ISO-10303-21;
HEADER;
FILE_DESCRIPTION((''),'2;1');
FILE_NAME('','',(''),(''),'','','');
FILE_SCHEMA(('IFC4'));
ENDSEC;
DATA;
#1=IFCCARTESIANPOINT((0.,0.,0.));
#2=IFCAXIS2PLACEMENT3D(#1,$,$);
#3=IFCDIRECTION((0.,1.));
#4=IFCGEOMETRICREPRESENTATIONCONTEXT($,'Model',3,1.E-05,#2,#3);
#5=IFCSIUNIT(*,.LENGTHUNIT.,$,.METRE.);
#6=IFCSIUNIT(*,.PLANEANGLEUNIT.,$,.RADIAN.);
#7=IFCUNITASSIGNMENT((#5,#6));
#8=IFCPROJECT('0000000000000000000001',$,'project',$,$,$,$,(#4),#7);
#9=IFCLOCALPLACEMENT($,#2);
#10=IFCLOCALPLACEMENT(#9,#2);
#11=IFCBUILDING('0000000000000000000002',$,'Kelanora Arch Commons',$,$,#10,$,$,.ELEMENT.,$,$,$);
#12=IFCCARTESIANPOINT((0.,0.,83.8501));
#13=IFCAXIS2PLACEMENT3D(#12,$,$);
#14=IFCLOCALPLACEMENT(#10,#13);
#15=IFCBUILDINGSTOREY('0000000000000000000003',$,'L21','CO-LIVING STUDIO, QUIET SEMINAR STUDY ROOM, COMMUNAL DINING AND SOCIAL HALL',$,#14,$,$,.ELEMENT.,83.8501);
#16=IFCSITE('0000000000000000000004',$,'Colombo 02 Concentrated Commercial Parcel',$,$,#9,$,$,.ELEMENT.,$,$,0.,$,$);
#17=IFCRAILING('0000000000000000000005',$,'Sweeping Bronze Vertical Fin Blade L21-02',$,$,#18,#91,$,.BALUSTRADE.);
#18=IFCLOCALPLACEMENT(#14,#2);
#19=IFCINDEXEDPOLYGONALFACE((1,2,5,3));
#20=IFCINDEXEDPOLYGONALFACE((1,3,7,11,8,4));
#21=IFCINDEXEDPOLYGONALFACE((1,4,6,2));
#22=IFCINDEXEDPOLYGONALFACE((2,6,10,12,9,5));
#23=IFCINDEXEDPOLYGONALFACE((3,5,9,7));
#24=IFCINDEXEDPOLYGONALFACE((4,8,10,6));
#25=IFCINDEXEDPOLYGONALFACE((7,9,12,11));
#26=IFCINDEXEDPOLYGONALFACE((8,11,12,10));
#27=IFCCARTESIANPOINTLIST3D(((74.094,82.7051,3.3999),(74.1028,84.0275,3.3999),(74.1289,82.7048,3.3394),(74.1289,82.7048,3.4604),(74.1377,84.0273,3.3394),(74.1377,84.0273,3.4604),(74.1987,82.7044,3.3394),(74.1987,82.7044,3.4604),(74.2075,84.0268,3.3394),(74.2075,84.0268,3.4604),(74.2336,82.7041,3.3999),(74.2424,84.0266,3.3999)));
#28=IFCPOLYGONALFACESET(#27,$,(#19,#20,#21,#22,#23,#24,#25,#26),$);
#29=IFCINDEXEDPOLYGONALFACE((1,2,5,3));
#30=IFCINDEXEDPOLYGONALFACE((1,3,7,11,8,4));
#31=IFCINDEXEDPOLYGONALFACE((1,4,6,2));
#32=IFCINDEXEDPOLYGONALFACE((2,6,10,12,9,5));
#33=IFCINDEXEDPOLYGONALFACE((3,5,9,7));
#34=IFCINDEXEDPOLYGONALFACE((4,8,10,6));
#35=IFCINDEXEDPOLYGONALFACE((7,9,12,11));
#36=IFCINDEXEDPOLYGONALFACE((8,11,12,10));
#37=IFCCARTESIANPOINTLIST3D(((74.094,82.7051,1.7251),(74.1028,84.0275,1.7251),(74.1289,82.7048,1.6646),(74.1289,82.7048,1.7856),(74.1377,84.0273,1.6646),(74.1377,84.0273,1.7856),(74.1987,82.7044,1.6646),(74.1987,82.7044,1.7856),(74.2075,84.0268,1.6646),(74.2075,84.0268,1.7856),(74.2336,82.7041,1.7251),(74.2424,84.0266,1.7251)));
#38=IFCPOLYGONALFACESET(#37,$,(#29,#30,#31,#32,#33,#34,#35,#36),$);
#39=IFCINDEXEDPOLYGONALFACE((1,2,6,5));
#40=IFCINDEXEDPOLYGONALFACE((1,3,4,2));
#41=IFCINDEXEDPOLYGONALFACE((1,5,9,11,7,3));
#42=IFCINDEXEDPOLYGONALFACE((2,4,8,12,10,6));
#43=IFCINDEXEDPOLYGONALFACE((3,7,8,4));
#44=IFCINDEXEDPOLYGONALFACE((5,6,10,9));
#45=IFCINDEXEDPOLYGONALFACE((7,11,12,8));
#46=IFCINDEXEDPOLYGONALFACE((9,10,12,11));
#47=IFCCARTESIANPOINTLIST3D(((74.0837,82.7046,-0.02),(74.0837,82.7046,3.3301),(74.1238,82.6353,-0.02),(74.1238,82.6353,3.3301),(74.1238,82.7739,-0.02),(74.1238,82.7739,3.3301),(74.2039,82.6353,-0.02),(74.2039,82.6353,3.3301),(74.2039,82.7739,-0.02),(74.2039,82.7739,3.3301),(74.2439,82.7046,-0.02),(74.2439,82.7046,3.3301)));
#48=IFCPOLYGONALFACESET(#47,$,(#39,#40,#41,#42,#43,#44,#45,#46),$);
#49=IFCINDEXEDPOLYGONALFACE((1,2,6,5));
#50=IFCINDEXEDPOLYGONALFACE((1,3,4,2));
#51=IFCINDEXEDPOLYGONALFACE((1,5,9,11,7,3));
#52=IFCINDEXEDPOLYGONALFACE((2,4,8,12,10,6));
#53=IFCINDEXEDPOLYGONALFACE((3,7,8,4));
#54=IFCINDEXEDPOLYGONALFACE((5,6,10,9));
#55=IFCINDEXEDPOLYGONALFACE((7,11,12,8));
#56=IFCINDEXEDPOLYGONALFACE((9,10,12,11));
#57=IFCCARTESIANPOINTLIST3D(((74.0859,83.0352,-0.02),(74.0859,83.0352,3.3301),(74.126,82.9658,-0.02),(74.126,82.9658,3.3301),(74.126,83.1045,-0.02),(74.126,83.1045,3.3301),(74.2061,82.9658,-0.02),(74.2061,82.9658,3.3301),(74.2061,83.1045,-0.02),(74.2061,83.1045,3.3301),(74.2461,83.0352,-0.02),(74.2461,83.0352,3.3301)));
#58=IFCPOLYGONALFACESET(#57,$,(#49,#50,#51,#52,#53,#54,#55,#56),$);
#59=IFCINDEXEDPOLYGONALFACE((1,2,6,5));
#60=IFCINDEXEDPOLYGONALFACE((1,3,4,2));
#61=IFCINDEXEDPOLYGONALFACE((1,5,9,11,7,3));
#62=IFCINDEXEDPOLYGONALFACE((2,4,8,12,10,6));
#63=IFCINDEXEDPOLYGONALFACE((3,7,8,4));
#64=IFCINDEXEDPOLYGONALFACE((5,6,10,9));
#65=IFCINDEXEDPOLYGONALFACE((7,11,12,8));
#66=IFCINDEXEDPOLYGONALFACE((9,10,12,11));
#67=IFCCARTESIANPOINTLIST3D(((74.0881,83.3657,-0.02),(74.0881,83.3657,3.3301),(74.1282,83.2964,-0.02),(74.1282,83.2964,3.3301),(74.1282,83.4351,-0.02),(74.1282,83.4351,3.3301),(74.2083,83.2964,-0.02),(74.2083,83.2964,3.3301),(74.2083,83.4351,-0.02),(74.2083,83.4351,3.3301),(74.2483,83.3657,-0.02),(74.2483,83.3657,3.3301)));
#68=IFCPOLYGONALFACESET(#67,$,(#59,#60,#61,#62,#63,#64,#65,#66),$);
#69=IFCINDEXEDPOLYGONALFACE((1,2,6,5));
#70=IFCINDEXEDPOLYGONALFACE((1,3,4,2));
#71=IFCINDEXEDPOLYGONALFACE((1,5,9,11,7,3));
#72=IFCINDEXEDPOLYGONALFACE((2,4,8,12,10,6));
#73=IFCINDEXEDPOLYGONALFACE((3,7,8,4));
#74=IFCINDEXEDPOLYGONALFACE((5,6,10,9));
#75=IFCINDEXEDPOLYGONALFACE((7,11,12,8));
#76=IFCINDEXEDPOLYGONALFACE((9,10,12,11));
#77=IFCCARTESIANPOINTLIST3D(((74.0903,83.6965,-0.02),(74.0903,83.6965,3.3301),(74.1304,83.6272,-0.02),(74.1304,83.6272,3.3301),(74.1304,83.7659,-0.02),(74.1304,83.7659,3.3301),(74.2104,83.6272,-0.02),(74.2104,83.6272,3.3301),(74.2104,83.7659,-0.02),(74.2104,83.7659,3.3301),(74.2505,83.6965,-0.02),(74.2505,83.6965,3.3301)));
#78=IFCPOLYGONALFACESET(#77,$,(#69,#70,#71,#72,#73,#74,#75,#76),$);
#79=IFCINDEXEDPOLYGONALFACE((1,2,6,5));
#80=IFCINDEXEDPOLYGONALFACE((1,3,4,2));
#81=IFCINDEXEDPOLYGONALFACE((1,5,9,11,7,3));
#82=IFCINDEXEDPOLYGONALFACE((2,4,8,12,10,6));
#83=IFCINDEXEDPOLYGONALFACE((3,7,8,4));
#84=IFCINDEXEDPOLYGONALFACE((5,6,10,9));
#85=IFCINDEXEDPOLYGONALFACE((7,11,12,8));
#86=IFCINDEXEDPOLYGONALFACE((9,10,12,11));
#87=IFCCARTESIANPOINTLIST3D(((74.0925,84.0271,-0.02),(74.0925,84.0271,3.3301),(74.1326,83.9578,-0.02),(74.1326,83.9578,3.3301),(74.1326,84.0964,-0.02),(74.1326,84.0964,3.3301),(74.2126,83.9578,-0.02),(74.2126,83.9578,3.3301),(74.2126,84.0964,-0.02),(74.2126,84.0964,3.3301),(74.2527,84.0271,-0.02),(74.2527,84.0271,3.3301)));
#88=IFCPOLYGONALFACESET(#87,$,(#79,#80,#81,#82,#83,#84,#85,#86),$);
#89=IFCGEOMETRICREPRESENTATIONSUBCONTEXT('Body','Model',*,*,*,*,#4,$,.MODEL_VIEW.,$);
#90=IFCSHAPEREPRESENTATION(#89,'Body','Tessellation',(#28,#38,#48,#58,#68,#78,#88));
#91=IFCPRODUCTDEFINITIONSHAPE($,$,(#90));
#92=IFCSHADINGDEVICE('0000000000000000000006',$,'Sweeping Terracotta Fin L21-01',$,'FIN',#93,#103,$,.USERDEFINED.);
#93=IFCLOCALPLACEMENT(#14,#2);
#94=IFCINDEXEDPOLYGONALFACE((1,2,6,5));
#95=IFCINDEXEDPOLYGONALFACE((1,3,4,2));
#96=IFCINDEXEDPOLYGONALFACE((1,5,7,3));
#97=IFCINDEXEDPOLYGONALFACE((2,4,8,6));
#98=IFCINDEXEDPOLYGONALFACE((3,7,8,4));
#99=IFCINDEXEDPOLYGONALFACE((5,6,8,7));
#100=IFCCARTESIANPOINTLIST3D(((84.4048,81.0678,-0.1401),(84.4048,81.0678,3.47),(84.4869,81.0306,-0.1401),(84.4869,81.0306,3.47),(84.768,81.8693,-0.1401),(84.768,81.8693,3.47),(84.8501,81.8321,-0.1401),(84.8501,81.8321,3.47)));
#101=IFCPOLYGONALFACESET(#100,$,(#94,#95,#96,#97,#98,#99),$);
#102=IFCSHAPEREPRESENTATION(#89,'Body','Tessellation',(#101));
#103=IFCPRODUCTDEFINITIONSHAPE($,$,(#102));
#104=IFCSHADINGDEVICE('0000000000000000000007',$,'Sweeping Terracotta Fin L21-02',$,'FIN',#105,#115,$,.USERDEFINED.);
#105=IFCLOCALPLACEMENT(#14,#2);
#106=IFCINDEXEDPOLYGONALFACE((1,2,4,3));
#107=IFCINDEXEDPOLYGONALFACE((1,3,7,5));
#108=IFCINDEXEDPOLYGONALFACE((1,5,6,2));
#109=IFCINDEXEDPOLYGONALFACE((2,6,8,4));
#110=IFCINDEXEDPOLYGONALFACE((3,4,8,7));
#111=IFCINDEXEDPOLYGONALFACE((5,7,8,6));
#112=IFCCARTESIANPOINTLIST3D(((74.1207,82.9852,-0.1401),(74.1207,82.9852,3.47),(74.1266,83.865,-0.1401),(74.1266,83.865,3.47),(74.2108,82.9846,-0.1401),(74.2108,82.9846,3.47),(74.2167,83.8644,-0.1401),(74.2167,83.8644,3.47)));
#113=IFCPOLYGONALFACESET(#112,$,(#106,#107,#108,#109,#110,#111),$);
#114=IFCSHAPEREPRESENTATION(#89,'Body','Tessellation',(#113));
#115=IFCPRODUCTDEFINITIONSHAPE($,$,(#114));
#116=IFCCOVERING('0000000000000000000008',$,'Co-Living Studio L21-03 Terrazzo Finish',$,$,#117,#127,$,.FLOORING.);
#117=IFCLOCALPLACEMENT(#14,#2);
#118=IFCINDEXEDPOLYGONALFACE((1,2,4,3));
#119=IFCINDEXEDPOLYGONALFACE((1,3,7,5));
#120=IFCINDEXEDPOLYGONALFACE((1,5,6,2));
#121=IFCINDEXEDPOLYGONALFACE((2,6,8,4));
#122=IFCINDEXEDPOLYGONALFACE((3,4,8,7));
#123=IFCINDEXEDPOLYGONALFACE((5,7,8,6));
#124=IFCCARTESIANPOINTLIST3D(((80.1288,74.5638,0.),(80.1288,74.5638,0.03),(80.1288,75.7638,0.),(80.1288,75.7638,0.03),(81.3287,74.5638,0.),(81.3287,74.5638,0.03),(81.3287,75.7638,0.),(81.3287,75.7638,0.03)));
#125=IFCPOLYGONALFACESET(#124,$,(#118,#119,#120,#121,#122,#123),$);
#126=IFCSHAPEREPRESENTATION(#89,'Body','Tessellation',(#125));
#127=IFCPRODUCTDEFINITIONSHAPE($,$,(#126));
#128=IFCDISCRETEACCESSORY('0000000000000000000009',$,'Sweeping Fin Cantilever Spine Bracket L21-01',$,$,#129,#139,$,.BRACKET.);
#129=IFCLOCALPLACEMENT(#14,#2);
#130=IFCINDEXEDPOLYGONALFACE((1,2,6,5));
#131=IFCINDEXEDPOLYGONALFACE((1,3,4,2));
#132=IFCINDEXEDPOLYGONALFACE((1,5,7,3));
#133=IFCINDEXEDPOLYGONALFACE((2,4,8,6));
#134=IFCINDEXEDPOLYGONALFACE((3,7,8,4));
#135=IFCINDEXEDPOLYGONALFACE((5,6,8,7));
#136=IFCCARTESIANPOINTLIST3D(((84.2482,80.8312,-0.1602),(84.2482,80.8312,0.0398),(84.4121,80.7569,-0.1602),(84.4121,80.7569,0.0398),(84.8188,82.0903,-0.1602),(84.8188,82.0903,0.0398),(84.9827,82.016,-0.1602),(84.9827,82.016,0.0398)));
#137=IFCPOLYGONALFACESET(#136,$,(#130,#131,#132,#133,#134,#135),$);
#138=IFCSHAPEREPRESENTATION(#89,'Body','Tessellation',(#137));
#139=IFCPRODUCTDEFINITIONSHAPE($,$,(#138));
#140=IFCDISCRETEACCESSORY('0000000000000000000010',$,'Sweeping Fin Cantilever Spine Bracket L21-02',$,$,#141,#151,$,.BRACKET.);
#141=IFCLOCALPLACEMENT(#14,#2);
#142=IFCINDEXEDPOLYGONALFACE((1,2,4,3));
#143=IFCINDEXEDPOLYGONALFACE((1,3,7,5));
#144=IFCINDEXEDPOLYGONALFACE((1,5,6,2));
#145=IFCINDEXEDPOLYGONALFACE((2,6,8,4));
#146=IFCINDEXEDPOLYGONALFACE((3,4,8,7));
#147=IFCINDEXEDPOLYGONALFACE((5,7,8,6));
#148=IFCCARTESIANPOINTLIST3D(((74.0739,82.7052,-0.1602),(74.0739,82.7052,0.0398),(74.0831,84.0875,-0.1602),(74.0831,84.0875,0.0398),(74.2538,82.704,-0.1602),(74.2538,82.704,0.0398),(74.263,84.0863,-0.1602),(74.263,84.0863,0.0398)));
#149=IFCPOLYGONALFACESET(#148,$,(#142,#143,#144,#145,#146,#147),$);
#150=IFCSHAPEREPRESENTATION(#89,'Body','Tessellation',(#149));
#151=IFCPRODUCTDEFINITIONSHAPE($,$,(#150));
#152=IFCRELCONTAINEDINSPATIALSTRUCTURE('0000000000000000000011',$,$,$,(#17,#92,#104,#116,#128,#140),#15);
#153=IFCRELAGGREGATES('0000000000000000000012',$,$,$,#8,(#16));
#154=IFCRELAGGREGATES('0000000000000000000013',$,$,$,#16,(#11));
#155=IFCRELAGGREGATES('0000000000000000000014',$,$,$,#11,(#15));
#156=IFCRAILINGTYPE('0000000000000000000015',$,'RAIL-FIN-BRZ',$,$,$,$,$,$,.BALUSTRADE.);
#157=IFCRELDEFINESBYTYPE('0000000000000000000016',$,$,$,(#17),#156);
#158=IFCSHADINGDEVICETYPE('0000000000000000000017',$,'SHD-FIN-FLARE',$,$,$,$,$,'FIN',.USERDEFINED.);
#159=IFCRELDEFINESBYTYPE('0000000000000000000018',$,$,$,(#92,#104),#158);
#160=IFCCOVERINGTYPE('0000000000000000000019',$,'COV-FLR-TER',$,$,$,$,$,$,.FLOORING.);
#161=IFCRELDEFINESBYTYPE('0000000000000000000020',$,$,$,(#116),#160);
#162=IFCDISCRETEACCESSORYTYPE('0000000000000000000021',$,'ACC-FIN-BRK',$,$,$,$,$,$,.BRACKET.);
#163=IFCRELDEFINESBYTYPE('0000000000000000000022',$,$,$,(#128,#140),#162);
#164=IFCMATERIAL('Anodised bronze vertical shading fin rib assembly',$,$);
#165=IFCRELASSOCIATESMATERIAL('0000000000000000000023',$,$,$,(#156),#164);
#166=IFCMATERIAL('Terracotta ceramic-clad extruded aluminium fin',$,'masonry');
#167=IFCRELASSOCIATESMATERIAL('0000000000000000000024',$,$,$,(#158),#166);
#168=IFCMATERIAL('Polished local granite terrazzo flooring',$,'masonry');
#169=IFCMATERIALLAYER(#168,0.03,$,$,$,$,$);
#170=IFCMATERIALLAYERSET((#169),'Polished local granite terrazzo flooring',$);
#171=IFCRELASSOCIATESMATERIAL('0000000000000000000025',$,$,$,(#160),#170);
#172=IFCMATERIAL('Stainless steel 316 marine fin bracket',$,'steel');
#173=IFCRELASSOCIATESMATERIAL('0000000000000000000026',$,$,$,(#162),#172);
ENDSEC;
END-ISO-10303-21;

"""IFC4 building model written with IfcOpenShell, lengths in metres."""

from ifc_helpers import new_model, si_unit, direction, frame, origin, origin_2d, place, context, subcontext, project, spatial, polyline, rectangle, outline, extrude, source, transform, mapped, material, layer, layer_set, type_object, element, save


model = new_model("IFC4")

# Units and contexts
model_context = context("Model", 3, precision=1e-05, world=origin(), true_north=direction((0.0, 1.0)))
body_context = subcontext(model_context, "Body", "Model", "MODEL_VIEW")
ifc_project = project(units=[si_unit("LENGTHUNIT", "METRE"), si_unit("PLANEANGLEUNIT", "RADIAN")], contexts=[model_context])

# Site, building, storey
site_placement = place(None, origin())
site = spatial("IfcSite", under=ifc_project, at=site_placement, Name="Colombo 02 Concentrated Commercial Parcel", CompositionType="ELEMENT", RefElevation=0.0)
building_placement = place(site_placement, origin())
building = spatial("IfcBuilding", under=site, at=building_placement, Name="Kelanora Arch Commons", CompositionType="ELEMENT")
storey_placement = place(building_placement, frame((0.0, 0.0, 83.8501)))
storey = spatial("IfcBuildingStorey", under=building, at=storey_placement, Name="L21", Description="CO-LIVING STUDIO, QUIET SEMINAR STUDY ROOM, COMMUNAL DINING AND SOCIAL HALL", CompositionType="ELEMENT", Elevation=83.8501)

# Railing
ifc_material_1 = material(Name="Anodised bronze vertical shading fin rib assembly")
railing_type = type_object("IfcRailingType", Name="RAIL-FIN-BRZ", PredefinedType="BALUSTRADE", material=ifc_material_1)
railing_1_placement = place(storey_placement, frame((74.1638, 82.7046, -0.02)))
element("IfcRailing", 1, at=railing_1_placement, inside=storey, type_object=railing_type, Name="Sweeping Bronze Vertical Fin Blade L21-02", PredefinedType="BALUSTRADE", context=body_context, shape_type="SweptSolid", body=[
    extrude(outline(polyline([(0.0698, 0.0), (0.0349, 0.0605), (-0.0349, 0.0605), (-0.0698, 0.0), (-0.0349, -0.0605), (0.0349, -0.0605), (0.0698, 0.0)])), frame((0.0, 0.0, 3.4199), z_axis=(0.006646, 0.999978, 0.0), x_axis=(-0.999978, 0.006646, 0.0)), (0.0, 0.0, 1.0), 1.3225),
    extrude(outline(polyline([(0.0698, 0.0), (0.0349, 0.0605), (-0.0349, 0.0605), (-0.0698, 0.0), (-0.0349, -0.0605), (0.0349, -0.0605), (0.0698, 0.0)])), frame((0.0, 0.0, 1.7451), z_axis=(0.006646, 0.999978, 0.0), x_axis=(-0.999978, 0.006646, 0.0)), (0.0, 0.0, 1.0), 1.3225),
    extrude(outline(polyline([(0.0801, 0.0), (0.04, 0.0693), (-0.04, 0.0693), (-0.0801, 0.0), (-0.04, -0.0693), (0.04, -0.0693), (0.0801, 0.0)])), origin(), (0.0, 0.0, 1.0), 3.3501),
    extrude(outline(polyline([(0.0801, 0.0), (0.04, 0.0693), (-0.04, 0.0693), (-0.0801, 0.0), (-0.04, -0.0693), (0.04, -0.0693), (0.0801, 0.0)])), frame((0.0022, 0.3306, 0.0)), (0.0, 0.0, 1.0), 3.3501),
    extrude(outline(polyline([(0.0801, 0.0), (0.04, 0.0693), (-0.04, 0.0693), (-0.0801, 0.0), (-0.04, -0.0693), (0.04, -0.0693), (0.0801, 0.0)])), frame((0.0044, 0.6611, 0.0)), (0.0, 0.0, 1.0), 3.3501),
    extrude(outline(polyline([(0.0801, 0.0), (0.04, 0.0693), (-0.04, 0.0693), (-0.0801, 0.0), (-0.04, -0.0693), (0.04, -0.0693), (0.0801, 0.0)])), frame((0.0066, 0.9919, 0.0)), (0.0, 0.0, 1.0), 3.3501),
    extrude(outline(polyline([(0.0801, 0.0), (0.04, 0.0693), (-0.04, 0.0693), (-0.0801, 0.0), (-0.04, -0.0693), (0.04, -0.0693), (0.0801, 0.0)])), frame((0.0088, 1.3225, 0.0)), (0.0, 0.0, 1.0), 3.3501),
])

# Shading devices
ifc_material_2 = material(Name="Terracotta ceramic-clad extruded aluminium fin", Category="masonry")
shading_device_type = type_object("IfcShadingDeviceType", Name="SHD-FIN-FLARE", ElementType="FIN", PredefinedType="USERDEFINED", material=ifc_material_2)
shared_shape_1 = source(origin(), body_context, "Body", "SweptSolid", [
    extrude(rectangle(XDim=0.8799, YDim=0.0901, at=origin_2d()), origin(), (0.0, 0.0, 1.0), 3.6101),
])
for number, where, z_axis, x_axis, name in (
    (2, (84.6274, 81.45, -0.1401), (0.0, 0.0, 1.0), (0.412787, 0.910828, 0.0), "Sweeping Terracotta Fin L21-01"),
    (3, (74.1687, 83.4248, -0.1401), (0.0, 0.0, 1.0), (0.006632, 0.999978, 0.0), "Sweeping Terracotta Fin L21-02"),
):
    element("IfcShadingDevice", number, at=place(storey_placement, frame(where, z_axis=z_axis, x_axis=x_axis)), inside=storey, type_object=shading_device_type, Name=name, ObjectType="FIN", PredefinedType="USERDEFINED", context=body_context, shape_type="MappedRepresentation", body=[
        mapped(shared_shape_1, transform((0.0, 0.0, 0.0), scale=1.0)),
    ])

# Covering
ifc_material_3 = material(Name="Polished local granite terrazzo flooring", Category="masonry")
ifc_layer_1 = layer(ifc_material_3, 0.03)
ifc_layer_set_1 = layer_set([ifc_layer_1], Name="Polished local granite terrazzo flooring")
covering_type = type_object("IfcCoveringType", Name="COV-FLR-TER", PredefinedType="FLOORING", material=ifc_layer_set_1)
shared_shape_2 = source(origin(), body_context, "Body", "SweptSolid", [
    extrude(rectangle(XDim=1.2, YDim=1.2, at=origin_2d()), origin(), (0.0, 0.0, 1.0), 0.03),
])
covering_placement = place(storey_placement, frame((80.7288, 75.1638, 0.0), z_axis=(0.0, 0.0, 1.0), x_axis=(1.0, 0.0, 0.0)))
element("IfcCovering", 4, at=covering_placement, inside=storey, type_object=covering_type, Name="Co-Living Studio L21-03 Terrazzo Finish", PredefinedType="FLOORING", context=body_context, shape_type="MappedRepresentation", body=[
    mapped(shared_shape_2, transform((0.0, 0.0, 0.0), scale=1.0)),
])

# Discrete accessories
ifc_material_4 = material(Name="Stainless steel 316 marine fin bracket", Category="steel")
discrete_accessory_type = type_object("IfcDiscreteAccessoryType", Name="ACC-FIN-BRK", PredefinedType="BRACKET", material=ifc_material_4)
shared_shape_3 = source(origin(), body_context, "Body", "SweptSolid", [
    extrude(rectangle(XDim=1.3823, YDim=0.1799, at=origin_2d()), origin(), (0.0, 0.0, 1.0), 0.2),
])
for number, where, z_axis, x_axis, name in (
    (5, (84.6155, 81.4236, -0.1602), (0.0, 0.0, 1.0), (0.412787, 0.910828, 0.0), "Sweeping Fin Cantilever Spine Bracket L21-01"),
    (6, (74.1685, 83.3958, -0.1602), (0.0, 0.0, 1.0), (0.006632, 0.999978, 0.0), "Sweeping Fin Cantilever Spine Bracket L21-02"),
):
    element("IfcDiscreteAccessory", number, at=place(storey_placement, frame(where, z_axis=z_axis, x_axis=x_axis)), inside=storey, type_object=discrete_accessory_type, Name=name, PredefinedType="BRACKET", context=body_context, shape_type="MappedRepresentation", body=[
        mapped(shared_shape_3, transform((0.0, 0.0, 0.0), scale=1.0)),
    ])

save(model, "model.ifc")
